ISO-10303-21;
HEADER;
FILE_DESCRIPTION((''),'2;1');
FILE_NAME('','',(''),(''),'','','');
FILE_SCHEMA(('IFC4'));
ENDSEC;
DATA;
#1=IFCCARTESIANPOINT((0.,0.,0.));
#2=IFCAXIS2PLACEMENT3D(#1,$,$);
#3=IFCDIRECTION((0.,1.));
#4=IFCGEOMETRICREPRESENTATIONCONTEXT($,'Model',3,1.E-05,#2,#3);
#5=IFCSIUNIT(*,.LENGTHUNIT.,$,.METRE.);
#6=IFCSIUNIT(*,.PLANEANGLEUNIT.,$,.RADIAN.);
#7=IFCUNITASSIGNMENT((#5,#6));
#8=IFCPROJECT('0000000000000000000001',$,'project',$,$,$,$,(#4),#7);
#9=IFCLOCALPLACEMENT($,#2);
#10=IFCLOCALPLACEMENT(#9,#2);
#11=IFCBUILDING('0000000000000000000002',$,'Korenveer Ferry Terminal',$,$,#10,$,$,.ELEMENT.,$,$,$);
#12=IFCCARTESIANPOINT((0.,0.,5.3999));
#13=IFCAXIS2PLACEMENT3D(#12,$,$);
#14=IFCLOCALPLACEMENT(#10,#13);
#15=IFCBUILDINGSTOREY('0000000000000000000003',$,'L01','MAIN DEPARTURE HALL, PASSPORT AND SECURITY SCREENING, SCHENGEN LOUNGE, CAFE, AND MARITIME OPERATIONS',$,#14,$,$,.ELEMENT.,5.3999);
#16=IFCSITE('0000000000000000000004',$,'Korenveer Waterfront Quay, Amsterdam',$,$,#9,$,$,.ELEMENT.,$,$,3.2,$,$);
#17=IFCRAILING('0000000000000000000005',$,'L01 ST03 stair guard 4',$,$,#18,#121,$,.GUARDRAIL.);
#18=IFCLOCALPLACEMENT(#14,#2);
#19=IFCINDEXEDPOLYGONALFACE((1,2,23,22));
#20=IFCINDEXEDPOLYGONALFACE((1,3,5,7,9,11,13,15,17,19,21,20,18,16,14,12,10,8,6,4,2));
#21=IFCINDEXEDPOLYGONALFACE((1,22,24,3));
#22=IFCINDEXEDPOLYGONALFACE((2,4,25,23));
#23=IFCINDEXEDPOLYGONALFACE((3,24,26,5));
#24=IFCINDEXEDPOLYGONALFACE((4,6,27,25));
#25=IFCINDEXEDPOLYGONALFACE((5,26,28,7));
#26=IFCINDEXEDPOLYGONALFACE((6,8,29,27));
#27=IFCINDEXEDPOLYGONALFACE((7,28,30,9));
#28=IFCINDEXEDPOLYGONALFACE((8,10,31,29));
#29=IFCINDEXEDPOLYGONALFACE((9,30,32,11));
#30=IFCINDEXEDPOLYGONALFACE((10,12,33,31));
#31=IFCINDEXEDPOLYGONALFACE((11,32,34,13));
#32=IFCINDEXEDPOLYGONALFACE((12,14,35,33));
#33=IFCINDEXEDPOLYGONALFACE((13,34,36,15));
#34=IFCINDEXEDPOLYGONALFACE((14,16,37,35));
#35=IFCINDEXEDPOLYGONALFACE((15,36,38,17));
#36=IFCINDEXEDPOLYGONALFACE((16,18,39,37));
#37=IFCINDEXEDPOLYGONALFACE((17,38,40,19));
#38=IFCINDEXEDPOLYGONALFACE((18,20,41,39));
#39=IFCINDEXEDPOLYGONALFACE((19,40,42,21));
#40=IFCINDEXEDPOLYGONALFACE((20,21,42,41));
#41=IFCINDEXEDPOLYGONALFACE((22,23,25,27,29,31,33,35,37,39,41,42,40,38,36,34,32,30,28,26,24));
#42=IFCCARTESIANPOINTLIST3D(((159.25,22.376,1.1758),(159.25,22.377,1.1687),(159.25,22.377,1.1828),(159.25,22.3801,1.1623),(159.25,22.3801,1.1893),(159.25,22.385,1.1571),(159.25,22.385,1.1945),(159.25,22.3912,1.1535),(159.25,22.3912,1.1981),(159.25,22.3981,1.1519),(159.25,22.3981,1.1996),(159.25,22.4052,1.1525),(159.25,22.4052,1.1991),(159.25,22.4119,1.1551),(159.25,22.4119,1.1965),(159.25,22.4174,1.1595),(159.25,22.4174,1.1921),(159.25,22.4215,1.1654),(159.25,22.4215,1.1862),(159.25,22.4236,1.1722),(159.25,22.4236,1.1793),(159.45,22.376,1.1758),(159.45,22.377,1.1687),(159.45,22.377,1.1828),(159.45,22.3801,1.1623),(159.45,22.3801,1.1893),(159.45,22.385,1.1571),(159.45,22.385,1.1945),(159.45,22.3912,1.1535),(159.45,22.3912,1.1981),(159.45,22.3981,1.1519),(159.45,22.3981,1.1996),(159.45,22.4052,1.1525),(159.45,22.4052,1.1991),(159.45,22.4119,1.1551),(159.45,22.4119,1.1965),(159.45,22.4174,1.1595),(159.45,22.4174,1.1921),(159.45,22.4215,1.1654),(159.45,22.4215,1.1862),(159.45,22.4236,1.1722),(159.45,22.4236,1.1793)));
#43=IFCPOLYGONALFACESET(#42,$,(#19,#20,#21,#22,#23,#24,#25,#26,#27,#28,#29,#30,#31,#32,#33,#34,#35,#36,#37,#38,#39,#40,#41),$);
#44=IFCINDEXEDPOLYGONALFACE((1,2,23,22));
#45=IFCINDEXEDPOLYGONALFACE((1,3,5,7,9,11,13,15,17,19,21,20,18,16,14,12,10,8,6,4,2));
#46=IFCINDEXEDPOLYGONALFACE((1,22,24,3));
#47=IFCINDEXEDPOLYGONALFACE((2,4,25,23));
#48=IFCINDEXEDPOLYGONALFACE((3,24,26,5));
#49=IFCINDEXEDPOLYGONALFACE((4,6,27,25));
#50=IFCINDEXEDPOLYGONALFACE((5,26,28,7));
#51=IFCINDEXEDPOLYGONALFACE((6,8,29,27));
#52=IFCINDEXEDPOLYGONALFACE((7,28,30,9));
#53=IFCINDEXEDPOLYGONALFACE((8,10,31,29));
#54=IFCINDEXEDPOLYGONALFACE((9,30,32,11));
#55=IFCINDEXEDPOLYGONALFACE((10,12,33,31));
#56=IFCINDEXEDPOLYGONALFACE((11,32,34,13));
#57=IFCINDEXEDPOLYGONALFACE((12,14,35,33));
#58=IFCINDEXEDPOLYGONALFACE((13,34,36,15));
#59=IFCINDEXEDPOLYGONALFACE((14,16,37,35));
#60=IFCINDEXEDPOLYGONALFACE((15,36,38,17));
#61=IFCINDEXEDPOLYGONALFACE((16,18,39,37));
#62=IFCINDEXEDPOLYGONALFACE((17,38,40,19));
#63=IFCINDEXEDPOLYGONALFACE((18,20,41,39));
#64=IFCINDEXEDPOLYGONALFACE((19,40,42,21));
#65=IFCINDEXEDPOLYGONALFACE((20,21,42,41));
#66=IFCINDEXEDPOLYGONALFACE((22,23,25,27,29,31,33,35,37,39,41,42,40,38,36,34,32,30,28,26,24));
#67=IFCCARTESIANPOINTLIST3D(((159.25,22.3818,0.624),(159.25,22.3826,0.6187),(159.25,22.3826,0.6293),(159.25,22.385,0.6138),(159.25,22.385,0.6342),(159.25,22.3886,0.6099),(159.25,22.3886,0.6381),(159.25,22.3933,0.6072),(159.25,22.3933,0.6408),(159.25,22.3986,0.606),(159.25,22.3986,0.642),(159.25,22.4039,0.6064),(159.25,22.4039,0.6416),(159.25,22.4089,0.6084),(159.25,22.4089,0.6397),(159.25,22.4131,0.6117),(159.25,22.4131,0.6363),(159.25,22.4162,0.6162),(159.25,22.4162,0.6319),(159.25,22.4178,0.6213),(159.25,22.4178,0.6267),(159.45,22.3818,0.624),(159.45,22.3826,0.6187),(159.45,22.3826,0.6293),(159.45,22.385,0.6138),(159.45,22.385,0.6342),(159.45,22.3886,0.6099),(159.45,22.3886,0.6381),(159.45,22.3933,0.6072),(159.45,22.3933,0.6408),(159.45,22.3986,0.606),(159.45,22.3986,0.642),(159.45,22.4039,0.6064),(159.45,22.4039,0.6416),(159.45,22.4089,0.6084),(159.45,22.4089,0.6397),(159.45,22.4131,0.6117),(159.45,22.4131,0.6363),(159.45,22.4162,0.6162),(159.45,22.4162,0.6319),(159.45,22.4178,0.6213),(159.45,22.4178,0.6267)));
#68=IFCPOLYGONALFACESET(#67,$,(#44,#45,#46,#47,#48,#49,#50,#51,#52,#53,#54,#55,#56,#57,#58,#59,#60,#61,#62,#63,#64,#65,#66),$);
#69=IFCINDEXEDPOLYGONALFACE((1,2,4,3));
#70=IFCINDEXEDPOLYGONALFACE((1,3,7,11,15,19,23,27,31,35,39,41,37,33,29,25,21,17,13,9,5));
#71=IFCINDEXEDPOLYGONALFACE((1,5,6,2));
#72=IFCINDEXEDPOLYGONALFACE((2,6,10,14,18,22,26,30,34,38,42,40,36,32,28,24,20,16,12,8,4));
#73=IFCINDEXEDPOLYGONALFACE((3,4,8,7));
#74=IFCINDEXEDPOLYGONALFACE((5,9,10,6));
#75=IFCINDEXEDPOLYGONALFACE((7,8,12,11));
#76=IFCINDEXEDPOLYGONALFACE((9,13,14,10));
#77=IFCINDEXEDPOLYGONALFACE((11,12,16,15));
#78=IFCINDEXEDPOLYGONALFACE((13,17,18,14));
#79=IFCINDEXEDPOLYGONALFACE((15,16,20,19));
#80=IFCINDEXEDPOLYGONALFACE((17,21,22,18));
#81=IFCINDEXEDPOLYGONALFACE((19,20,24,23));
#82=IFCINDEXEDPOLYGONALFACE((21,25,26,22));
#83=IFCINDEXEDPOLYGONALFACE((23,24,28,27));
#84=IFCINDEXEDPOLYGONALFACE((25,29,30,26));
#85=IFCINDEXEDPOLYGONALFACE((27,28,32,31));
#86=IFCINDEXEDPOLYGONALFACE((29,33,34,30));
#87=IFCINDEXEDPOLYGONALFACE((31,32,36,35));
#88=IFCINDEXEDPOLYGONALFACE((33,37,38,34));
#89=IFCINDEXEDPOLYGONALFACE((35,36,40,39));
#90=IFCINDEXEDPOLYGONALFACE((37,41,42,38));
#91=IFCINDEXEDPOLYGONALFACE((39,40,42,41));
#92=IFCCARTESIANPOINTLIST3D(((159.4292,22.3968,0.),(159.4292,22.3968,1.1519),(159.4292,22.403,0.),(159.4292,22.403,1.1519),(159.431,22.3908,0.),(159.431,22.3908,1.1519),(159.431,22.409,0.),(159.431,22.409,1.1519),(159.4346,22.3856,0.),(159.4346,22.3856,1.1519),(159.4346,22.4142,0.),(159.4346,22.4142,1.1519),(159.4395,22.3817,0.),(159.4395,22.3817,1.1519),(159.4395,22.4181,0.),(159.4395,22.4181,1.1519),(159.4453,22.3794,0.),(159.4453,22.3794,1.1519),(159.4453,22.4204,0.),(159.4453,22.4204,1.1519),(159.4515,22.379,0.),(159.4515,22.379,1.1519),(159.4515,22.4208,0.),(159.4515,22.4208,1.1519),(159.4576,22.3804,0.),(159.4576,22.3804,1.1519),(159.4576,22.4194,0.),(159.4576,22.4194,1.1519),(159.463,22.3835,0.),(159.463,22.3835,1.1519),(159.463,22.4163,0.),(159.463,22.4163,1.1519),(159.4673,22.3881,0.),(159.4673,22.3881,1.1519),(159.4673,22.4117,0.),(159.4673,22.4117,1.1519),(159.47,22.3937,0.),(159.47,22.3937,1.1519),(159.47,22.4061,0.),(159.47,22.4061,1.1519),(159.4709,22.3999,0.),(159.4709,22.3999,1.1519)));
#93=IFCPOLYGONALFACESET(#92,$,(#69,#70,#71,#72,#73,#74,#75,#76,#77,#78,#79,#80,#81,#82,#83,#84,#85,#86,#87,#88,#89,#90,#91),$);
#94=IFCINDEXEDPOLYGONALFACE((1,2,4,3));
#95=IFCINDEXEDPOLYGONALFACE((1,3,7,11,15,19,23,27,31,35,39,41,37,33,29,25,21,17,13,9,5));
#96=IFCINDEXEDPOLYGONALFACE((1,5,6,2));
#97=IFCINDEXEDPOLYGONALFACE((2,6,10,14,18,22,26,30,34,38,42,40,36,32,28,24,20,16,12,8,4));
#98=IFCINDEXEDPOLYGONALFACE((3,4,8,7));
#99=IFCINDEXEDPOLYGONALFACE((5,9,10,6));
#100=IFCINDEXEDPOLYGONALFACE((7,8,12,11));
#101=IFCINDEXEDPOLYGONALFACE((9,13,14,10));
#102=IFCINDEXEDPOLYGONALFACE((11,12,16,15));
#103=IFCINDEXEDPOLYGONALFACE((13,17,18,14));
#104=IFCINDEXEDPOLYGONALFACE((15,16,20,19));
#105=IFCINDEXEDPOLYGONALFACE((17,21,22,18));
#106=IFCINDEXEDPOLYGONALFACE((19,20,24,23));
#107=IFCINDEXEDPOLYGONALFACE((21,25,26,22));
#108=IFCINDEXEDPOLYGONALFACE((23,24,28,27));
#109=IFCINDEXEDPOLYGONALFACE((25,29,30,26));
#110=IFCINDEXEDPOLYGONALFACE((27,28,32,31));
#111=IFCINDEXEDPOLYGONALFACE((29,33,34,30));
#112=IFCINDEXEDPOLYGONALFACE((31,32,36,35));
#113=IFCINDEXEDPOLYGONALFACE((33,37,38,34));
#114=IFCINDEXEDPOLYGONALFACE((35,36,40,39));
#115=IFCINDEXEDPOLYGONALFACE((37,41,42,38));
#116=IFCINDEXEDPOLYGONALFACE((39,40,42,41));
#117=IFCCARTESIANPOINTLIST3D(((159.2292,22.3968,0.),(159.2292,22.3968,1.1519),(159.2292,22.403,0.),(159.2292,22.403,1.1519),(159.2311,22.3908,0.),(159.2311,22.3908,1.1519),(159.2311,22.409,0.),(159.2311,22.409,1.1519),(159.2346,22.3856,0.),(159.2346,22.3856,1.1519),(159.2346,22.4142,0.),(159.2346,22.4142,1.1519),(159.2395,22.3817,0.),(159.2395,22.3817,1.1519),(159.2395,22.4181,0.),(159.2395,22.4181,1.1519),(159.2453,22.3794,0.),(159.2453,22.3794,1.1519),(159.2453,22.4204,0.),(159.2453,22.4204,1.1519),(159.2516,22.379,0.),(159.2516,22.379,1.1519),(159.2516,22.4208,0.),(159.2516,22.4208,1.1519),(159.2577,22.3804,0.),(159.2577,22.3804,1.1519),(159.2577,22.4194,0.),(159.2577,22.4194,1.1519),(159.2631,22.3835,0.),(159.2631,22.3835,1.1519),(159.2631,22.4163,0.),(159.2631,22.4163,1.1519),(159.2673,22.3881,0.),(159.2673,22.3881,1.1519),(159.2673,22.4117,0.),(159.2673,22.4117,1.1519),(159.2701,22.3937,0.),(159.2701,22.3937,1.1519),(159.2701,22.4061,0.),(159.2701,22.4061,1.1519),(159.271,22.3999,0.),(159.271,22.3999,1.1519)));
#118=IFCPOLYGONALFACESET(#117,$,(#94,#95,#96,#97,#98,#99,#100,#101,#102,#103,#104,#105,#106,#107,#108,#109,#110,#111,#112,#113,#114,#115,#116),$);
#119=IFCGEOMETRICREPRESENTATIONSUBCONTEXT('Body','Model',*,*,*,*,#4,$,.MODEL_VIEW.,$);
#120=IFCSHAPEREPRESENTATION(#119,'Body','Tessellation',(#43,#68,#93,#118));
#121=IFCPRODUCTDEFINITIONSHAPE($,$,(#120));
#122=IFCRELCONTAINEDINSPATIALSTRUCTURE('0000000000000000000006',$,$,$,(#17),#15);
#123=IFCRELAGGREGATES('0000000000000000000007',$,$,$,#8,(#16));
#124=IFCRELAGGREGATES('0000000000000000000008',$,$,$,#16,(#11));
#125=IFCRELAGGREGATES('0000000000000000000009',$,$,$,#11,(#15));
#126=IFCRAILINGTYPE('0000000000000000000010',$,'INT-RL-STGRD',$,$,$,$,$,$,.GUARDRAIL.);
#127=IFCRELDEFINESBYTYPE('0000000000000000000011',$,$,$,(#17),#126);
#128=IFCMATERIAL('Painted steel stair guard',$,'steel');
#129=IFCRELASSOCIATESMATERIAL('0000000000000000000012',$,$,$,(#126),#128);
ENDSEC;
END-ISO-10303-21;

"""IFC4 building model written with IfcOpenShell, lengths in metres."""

from ifc_helpers import new_model, si_unit, direction, frame, origin, origin_2d, place, context, subcontext, project, spatial, circle, extrude, material, type_object, element, save


model = new_model("IFC4")

# Units and contexts
model_context = context("Model", 3, precision=1e-05, world=origin(), true_north=direction((0.0, 1.0)))
body_context = subcontext(model_context, "Body", "Model", "MODEL_VIEW")
ifc_project = project(units=[si_unit("LENGTHUNIT", "METRE"), si_unit("PLANEANGLEUNIT", "RADIAN")], contexts=[model_context])

# Site, building, storey
site_placement = place(None, origin())
site = spatial("IfcSite", under=ifc_project, at=site_placement, Name="Korenveer Waterfront Quay, Amsterdam", CompositionType="ELEMENT", RefElevation=3.2)
building_placement = place(site_placement, origin())
building = spatial("IfcBuilding", under=site, at=building_placement, Name="Korenveer Ferry Terminal", CompositionType="ELEMENT")
storey_placement = place(building_placement, frame((0.0, 0.0, 5.3999)))
storey = spatial("IfcBuildingStorey", under=building, at=storey_placement, Name="L01", Description="MAIN DEPARTURE HALL, PASSPORT AND SECURITY SCREENING, SCHENGEN LOUNGE, CAFE, AND MARITIME OPERATIONS", CompositionType="ELEMENT", Elevation=5.3999)

# Railing
ifc_material_1 = material(Name="Painted steel stair guard", Category="steel")
railing_type_1 = type_object("IfcRailingType", Name="INT-RL-STGRD", PredefinedType="GUARDRAIL", material=ifc_material_1)
railing_1_placement = place(storey_placement, frame((159.45, 22.3999, 0.0)))
element("IfcRailing", 1, at=railing_1_placement, inside=storey, type_object=railing_type_1, Name="L01 ST03 stair guard 4", PredefinedType="GUARDRAIL", context=body_context, shape_type="SweptSolid", body=[
    extrude(circle(Radius=0.0239, at=origin_2d()), frame((0.0, 0.0, 1.1758), z_axis=(-1.0, 0.0, 0.0), x_axis=(0.0, -1.0, 0.0)), (0.0, 0.0, 1.0), 0.2),
    extrude(circle(Radius=0.0181, at=origin_2d()), frame((0.0, 0.0, 0.624), z_axis=(-1.0, 0.0, 0.0), x_axis=(0.0, -1.0, 0.0)), (0.0, 0.0, 1.0), 0.2),
    extrude(circle(Radius=0.021, at=origin_2d()), origin(), (0.0, 0.0, 1.0), 1.1519),
    extrude(circle(Radius=0.021, at=origin_2d()), frame((-0.2, 0.0, 0.0)), (0.0, 0.0, 1.0), 1.1519),
])

save(model, "model.ifc")
